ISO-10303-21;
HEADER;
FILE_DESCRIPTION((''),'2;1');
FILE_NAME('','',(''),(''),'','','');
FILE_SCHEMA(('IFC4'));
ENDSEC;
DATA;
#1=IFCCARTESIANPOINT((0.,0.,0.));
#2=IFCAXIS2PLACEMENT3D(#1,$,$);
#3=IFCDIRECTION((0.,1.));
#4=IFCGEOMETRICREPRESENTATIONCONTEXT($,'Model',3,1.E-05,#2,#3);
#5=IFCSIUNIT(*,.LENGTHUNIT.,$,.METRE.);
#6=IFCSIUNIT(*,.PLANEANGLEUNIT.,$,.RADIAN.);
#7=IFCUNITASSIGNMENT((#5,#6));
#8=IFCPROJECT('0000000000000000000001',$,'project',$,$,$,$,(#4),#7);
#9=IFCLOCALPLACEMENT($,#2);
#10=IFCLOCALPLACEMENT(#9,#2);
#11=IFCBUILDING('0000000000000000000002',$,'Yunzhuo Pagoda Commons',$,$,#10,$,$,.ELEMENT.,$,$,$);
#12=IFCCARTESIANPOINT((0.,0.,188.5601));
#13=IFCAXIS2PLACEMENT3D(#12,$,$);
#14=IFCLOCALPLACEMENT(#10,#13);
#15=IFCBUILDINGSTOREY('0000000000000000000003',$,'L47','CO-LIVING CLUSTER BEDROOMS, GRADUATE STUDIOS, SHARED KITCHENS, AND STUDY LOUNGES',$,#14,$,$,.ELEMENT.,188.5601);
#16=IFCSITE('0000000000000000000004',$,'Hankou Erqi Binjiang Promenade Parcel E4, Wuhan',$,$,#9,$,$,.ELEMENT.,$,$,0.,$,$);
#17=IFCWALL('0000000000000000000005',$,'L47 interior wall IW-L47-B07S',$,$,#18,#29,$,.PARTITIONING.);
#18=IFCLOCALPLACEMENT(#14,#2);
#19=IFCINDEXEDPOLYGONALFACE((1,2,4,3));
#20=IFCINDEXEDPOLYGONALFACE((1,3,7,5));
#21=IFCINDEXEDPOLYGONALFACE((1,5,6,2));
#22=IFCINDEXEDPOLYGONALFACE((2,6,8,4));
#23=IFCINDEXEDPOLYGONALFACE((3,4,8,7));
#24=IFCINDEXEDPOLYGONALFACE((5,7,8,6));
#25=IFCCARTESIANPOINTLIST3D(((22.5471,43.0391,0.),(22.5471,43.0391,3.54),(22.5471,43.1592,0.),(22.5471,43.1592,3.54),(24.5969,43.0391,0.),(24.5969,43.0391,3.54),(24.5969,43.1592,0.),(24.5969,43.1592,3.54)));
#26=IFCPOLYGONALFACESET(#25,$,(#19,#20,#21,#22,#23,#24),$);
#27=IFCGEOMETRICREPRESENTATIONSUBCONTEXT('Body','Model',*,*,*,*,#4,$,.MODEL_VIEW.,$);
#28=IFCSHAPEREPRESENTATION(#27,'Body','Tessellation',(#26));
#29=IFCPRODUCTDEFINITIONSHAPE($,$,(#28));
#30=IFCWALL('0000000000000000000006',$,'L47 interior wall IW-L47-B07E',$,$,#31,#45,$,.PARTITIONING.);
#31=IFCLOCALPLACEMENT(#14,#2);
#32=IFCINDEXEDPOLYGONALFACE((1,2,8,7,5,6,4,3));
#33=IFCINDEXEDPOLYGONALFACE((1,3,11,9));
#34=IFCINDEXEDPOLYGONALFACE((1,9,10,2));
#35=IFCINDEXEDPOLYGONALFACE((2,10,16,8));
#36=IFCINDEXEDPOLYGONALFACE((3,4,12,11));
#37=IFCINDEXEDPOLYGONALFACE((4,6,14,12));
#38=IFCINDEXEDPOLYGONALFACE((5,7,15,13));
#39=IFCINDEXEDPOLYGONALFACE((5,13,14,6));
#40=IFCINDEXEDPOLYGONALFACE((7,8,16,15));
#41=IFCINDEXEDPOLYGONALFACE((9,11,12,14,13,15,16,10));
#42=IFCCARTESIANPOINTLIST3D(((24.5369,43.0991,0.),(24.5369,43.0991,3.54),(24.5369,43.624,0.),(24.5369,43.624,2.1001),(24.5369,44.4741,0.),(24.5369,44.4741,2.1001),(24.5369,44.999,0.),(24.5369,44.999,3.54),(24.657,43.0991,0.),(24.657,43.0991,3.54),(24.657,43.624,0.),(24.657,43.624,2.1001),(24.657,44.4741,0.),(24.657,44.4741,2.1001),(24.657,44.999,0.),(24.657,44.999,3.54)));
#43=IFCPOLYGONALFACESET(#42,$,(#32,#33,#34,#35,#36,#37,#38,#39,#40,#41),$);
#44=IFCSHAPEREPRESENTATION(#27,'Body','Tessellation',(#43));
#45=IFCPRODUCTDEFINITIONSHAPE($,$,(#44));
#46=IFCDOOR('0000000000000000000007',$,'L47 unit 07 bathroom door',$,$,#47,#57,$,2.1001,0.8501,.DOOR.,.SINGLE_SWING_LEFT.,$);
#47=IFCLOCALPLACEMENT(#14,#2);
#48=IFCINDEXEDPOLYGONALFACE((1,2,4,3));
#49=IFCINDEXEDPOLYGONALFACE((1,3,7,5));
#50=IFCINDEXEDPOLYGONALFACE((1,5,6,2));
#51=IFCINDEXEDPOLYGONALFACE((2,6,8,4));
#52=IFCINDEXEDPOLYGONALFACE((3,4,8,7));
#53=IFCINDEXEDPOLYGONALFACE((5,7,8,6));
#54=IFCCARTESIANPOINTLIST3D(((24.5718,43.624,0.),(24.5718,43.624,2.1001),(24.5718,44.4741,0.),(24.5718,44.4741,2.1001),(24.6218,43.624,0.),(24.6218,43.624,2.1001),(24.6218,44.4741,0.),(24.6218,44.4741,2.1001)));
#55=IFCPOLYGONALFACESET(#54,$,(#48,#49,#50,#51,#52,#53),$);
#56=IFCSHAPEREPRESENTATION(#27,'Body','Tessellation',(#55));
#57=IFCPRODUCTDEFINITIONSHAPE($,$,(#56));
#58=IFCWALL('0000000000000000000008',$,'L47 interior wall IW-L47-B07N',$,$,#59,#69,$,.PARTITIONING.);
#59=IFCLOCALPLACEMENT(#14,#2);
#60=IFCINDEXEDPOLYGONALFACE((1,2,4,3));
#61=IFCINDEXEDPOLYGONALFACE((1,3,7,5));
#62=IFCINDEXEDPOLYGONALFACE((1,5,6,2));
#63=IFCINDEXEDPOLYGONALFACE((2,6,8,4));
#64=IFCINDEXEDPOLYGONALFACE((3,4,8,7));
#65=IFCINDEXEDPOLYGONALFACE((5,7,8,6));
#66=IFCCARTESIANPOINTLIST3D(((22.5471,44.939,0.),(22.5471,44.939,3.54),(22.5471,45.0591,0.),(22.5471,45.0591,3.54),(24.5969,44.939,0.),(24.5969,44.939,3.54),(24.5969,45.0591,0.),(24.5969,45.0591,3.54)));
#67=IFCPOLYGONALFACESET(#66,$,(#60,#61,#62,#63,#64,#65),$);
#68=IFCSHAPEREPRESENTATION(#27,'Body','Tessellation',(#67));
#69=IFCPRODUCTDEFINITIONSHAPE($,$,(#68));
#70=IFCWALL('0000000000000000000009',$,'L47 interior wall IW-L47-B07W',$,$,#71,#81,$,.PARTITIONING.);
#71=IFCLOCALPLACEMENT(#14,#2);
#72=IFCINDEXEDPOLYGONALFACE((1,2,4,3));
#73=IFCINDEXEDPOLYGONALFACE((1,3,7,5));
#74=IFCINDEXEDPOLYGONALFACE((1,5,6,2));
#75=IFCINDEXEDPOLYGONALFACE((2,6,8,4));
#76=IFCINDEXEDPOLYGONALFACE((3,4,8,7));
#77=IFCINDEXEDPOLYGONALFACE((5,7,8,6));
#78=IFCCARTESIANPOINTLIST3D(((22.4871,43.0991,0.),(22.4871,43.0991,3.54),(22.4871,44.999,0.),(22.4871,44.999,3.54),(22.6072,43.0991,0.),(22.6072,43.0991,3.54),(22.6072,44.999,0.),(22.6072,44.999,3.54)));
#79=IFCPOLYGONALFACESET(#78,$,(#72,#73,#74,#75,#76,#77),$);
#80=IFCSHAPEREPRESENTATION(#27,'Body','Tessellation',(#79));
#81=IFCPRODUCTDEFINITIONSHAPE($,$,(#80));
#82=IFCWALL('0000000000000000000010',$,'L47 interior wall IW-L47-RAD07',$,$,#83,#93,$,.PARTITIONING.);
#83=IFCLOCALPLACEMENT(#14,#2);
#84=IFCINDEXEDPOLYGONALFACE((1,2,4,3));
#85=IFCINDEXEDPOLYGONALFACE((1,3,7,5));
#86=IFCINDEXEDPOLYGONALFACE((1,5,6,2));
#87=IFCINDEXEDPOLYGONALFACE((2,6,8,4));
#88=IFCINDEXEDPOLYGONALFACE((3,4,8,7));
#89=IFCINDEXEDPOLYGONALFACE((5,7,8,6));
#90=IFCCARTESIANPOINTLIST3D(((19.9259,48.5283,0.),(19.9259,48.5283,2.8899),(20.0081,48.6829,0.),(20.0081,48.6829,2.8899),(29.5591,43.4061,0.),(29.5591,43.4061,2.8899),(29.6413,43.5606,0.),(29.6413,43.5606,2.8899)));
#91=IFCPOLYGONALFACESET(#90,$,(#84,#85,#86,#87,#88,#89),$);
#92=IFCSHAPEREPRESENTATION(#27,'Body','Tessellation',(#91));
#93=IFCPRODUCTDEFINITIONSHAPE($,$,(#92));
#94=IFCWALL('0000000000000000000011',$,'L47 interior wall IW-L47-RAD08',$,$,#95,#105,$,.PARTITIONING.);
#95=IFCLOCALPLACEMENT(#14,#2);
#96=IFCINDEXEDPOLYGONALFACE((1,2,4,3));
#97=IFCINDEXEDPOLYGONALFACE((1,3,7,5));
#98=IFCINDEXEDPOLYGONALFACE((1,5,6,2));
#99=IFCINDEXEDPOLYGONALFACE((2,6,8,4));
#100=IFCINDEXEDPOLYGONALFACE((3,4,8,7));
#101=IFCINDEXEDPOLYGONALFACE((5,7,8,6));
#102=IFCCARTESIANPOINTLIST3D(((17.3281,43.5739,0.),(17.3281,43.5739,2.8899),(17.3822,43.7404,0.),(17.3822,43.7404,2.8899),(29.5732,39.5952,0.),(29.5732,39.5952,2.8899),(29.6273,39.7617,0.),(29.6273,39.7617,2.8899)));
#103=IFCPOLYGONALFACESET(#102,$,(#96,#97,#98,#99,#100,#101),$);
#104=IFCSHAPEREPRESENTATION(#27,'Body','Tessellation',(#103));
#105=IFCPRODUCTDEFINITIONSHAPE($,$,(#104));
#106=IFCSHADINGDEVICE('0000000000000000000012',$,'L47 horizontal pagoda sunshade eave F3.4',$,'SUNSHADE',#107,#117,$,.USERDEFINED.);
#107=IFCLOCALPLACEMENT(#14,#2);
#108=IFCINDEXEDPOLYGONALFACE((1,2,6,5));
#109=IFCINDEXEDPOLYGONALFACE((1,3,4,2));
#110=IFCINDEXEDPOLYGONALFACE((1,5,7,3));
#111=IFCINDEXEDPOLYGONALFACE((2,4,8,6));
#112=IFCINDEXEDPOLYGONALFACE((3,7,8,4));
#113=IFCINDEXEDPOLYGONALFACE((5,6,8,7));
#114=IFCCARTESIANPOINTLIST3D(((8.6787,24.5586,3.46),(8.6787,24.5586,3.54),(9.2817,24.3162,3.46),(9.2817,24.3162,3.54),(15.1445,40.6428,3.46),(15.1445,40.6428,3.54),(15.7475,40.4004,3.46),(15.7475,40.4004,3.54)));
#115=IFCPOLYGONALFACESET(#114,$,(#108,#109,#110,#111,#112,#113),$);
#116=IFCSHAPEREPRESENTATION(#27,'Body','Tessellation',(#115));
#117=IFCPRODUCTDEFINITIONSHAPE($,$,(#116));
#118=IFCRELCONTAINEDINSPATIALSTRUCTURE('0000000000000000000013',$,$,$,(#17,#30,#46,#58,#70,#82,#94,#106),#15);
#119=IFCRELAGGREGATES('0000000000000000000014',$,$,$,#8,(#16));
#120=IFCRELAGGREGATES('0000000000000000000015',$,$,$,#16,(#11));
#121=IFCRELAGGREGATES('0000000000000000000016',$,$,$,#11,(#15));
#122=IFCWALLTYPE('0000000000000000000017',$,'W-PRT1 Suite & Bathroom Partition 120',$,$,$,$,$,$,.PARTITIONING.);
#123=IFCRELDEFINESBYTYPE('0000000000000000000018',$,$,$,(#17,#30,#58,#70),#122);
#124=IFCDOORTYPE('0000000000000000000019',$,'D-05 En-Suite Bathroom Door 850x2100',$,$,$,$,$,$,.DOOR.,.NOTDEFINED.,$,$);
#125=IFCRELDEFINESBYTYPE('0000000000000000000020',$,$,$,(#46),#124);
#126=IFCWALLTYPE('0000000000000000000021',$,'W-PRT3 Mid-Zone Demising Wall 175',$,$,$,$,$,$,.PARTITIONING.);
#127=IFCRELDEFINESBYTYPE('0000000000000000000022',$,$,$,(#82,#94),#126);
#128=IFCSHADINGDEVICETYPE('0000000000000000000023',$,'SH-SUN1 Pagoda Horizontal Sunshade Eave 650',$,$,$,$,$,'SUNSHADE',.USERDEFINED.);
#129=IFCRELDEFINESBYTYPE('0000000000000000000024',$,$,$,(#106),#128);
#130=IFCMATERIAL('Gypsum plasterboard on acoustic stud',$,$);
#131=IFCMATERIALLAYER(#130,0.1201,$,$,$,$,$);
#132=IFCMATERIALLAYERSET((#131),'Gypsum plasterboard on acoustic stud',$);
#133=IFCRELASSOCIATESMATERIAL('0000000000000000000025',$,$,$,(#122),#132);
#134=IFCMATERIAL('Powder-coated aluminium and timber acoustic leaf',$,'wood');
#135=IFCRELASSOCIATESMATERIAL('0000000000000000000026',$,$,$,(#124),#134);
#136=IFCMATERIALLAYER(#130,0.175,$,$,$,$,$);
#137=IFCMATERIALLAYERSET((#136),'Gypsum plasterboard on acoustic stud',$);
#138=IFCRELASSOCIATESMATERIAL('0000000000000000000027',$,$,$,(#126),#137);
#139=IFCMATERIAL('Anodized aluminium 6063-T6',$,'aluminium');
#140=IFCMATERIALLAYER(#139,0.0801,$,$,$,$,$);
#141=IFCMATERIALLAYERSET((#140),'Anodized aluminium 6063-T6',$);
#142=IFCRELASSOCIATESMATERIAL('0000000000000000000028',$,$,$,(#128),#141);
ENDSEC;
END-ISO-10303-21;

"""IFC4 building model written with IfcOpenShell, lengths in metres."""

from ifc_helpers import new_model, si_unit, direction, frame, frame_2d, origin, origin_2d, place, context, subcontext, project, spatial, rectangle, extrude, source, transform, mapped, material, layer, layer_set, type_object, element, fill, save


model = new_model("IFC4")

# Units and contexts
model_context = context("Model", 3, precision=1e-05, world=origin(), true_north=direction((0.0, 1.0)))
body_context = subcontext(model_context, "Body", "Model", "MODEL_VIEW")
ifc_project = project(units=[si_unit("LENGTHUNIT", "METRE"), si_unit("PLANEANGLEUNIT", "RADIAN")], contexts=[model_context])

# Site, building, storey
site_placement = place(None, origin())
site = spatial("IfcSite", under=ifc_project, at=site_placement, Name="Hankou Erqi Binjiang Promenade Parcel E4, Wuhan", CompositionType="ELEMENT", RefElevation=0.0)
building_placement = place(site_placement, origin())
building = spatial("IfcBuilding", under=site, at=building_placement, Name="Yunzhuo Pagoda Commons", CompositionType="ELEMENT")
storey_placement = place(building_placement, frame((0.0, 0.0, 188.5601)))
storey = spatial("IfcBuildingStorey", under=building, at=storey_placement, Name="L47", Description="CO-LIVING CLUSTER BEDROOMS, GRADUATE STUDIOS, SHARED KITCHENS, AND STUDY LOUNGES", CompositionType="ELEMENT", Elevation=188.5601)

# Shared definitions
ifc_material_1 = material(Name="Anodized aluminium 6063-T6", Category="aluminium")

# Shared definitions
ifc_material_2 = material(Name="Gypsum plasterboard on acoustic stud")

# Wall
ifc_layer_1 = layer(ifc_material_2, 0.1201)
ifc_layer_set_1 = layer_set([ifc_layer_1], Name="Gypsum plasterboard on acoustic stud")
wall_type_1 = type_object("IfcWallType", Name="W-PRT1 Suite & Bathroom Partition 120", PredefinedType="PARTITIONING", material=ifc_layer_set_1)
wall_1_placement = place(storey_placement, frame((22.5471, 43.0991, 0.0), z_axis=(0.0, 0.0, 1.0), x_axis=(1.0, 0.0, 0.0)))
element("IfcWall", 1, at=wall_1_placement, inside=storey, type_object=wall_type_1, Name="L47 interior wall IW-L47-B07S", PredefinedType="PARTITIONING", context=body_context, shape_type="SweptSolid", body=[
    extrude(rectangle(XDim=2.0498, YDim=0.1201, at=frame_2d((1.0249, 0.0))), origin(), (0.0, 0.0, 1.0), 3.54),
])

# Wall, opening, door
wall_2_placement = place(storey_placement, frame((24.5969, 43.0991, 0.0), z_axis=(0.0, 0.0, 1.0), x_axis=(0.0, 1.0, 0.0)))
wall_2 = element("IfcWall", 2, at=wall_2_placement, inside=storey, type_object=wall_type_1, Name="L47 interior wall IW-L47-B07E", PredefinedType="PARTITIONING", context=body_context, shape_type="SweptSolid", body=[
    extrude(rectangle(XDim=1.8999, YDim=0.1201, at=frame_2d((0.95, 0.0))), origin(), (0.0, 0.0, 1.0), 3.54),
])
opening_1_placement = place(wall_2_placement, frame((0.5249, 0.0, 0.0)))
opening_1 = element("IfcOpeningElement", 3, at=opening_1_placement, cuts=wall_2, PredefinedType="OPENING", context=body_context, shape_type="SweptSolid", body=[
    extrude(rectangle(XDim=0.8501, YDim=2.1001, at=frame_2d((0.425, 1.05))), frame((0.0, 0.0701, 0.0), z_axis=(0.0, -1.0, 0.0), x_axis=(1.0, 0.0, 0.0)), (0.0, 0.0, 1.0), 0.1401),
])
ifc_material_3 = material(Name="Powder-coated aluminium and timber acoustic leaf", Category="wood")
door_type_1 = type_object("IfcDoorType", Name="D-05 En-Suite Bathroom Door 850x2100", OperationType="NOTDEFINED", PredefinedType="DOOR", material=ifc_material_3)
shared_shape_1 = source(origin(), body_context, "Body", "SweptSolid", [
    extrude(rectangle(XDim=0.8501, YDim=2.1001, at=frame_2d((0.425, 1.05))), frame((0.0, 0.0249, 0.0), z_axis=(0.0, -1.0, 0.0), x_axis=(1.0, 0.0, 0.0)), (0.0, 0.0, 1.0), 0.05),
])
door_1_placement = place(opening_1_placement, frame((0.8501, 0.0, 0.0), z_axis=(0.0, 0.0, 1.0), x_axis=(-1.0, 0.0, 0.0)))
door_1 = element("IfcDoor", 4, at=door_1_placement, inside=storey, type_object=door_type_1, Name="L47 unit 07 bathroom door", OperationType="SINGLE_SWING_LEFT", OverallHeight=2.1001, OverallWidth=0.8501, PredefinedType="DOOR", context=body_context, shape_type="MappedRepresentation", body=[
    mapped(shared_shape_1, transform((0.0, 0.0, 0.0), scale=1.0)),
])
fill(opening_1, door_1)

# Walls
wall_3_placement = place(storey_placement, frame((24.5969, 44.999, 0.0), z_axis=(0.0, 0.0, 1.0), x_axis=(-1.0, 0.0, 0.0)))
element("IfcWall", 5, at=wall_3_placement, inside=storey, type_object=wall_type_1, Name="L47 interior wall IW-L47-B07N", PredefinedType="PARTITIONING", context=body_context, shape_type="SweptSolid", body=[
    extrude(rectangle(XDim=2.0498, YDim=0.1201, at=frame_2d((1.0249, 0.0))), origin(), (0.0, 0.0, 1.0), 3.54),
])
wall_4_placement = place(storey_placement, frame((22.5471, 44.999, 0.0), z_axis=(0.0, 0.0, 1.0), x_axis=(0.0, -1.0, 0.0)))
element("IfcWall", 6, at=wall_4_placement, inside=storey, type_object=wall_type_1, Name="L47 interior wall IW-L47-B07W", PredefinedType="PARTITIONING", context=body_context, shape_type="SweptSolid", body=[
    extrude(rectangle(XDim=1.8999, YDim=0.1201, at=frame_2d((0.95, 0.0))), origin(), (0.0, 0.0, 1.0), 3.54),
])
ifc_layer_2 = layer(ifc_material_2, 0.175)
ifc_layer_set_2 = layer_set([ifc_layer_2], Name="Gypsum plasterboard on acoustic stud")
wall_type_2 = type_object("IfcWallType", Name="W-PRT3 Mid-Zone Demising Wall 175", PredefinedType="PARTITIONING", material=ifc_layer_set_2)
wall_5_placement = place(storey_placement, frame((29.6001, 43.4834, 0.0), z_axis=(0.0, 0.0, 1.0), x_axis=(-0.88294, 0.469486, 0.0)))
element("IfcWall", 7, at=wall_5_placement, inside=storey, type_object=wall_type_2, Name="L47 interior wall IW-L47-RAD07", PredefinedType="PARTITIONING", context=body_context, shape_type="SweptSolid", body=[
    extrude(rectangle(XDim=10.9104, YDim=0.175, at=frame_2d((5.4551, 0.0))), origin(), (0.0, 0.0, 1.0), 2.8899),
])
wall_6_placement = place(storey_placement, frame((29.6001, 39.6785, 0.0), z_axis=(0.0, 0.0, 1.0), x_axis=(-0.951055, 0.309023, 0.0)))
element("IfcWall", 8, at=wall_6_placement, inside=storey, type_object=wall_type_2, Name="L47 interior wall IW-L47-RAD08", PredefinedType="PARTITIONING", context=body_context, shape_type="SweptSolid", body=[
    extrude(rectangle(XDim=12.8752, YDim=0.175, at=frame_2d((6.4375, 0.0))), origin(), (0.0, 0.0, 1.0), 2.8899),
])

# Shading device
ifc_layer_3 = layer(ifc_material_1, 0.0801)
ifc_layer_set_3 = layer_set([ifc_layer_3], Name="Anodized aluminium 6063-T6")
shading_device_type = type_object("IfcShadingDeviceType", Name="SH-SUN1 Pagoda Horizontal Sunshade Eave 650", ElementType="SUNSHADE", PredefinedType="USERDEFINED", material=ifc_layer_set_3)
shared_shape_2 = source(origin(), body_context, "Body", "SweptSolid", [
    extrude(rectangle(XDim=17.3352, YDim=0.6499, at=origin_2d()), origin(), (0.0, 0.0, 1.0), 0.0801),
])
shading_device_placement = place(storey_placement, frame((12.2131, 32.4795, 3.46), z_axis=(0.0, 0.0, 1.0), x_axis=(-0.372988, -0.927836, 0.0)))
element("IfcShadingDevice", 9, at=shading_device_placement, inside=storey, type_object=shading_device_type, Name="L47 horizontal pagoda sunshade eave F3.4", ObjectType="SUNSHADE", PredefinedType="USERDEFINED", context=body_context, shape_type="MappedRepresentation", body=[
    mapped(shared_shape_2, transform((0.0, 0.0, 0.0), scale=1.0)),
])

save(model, "model.ifc")
